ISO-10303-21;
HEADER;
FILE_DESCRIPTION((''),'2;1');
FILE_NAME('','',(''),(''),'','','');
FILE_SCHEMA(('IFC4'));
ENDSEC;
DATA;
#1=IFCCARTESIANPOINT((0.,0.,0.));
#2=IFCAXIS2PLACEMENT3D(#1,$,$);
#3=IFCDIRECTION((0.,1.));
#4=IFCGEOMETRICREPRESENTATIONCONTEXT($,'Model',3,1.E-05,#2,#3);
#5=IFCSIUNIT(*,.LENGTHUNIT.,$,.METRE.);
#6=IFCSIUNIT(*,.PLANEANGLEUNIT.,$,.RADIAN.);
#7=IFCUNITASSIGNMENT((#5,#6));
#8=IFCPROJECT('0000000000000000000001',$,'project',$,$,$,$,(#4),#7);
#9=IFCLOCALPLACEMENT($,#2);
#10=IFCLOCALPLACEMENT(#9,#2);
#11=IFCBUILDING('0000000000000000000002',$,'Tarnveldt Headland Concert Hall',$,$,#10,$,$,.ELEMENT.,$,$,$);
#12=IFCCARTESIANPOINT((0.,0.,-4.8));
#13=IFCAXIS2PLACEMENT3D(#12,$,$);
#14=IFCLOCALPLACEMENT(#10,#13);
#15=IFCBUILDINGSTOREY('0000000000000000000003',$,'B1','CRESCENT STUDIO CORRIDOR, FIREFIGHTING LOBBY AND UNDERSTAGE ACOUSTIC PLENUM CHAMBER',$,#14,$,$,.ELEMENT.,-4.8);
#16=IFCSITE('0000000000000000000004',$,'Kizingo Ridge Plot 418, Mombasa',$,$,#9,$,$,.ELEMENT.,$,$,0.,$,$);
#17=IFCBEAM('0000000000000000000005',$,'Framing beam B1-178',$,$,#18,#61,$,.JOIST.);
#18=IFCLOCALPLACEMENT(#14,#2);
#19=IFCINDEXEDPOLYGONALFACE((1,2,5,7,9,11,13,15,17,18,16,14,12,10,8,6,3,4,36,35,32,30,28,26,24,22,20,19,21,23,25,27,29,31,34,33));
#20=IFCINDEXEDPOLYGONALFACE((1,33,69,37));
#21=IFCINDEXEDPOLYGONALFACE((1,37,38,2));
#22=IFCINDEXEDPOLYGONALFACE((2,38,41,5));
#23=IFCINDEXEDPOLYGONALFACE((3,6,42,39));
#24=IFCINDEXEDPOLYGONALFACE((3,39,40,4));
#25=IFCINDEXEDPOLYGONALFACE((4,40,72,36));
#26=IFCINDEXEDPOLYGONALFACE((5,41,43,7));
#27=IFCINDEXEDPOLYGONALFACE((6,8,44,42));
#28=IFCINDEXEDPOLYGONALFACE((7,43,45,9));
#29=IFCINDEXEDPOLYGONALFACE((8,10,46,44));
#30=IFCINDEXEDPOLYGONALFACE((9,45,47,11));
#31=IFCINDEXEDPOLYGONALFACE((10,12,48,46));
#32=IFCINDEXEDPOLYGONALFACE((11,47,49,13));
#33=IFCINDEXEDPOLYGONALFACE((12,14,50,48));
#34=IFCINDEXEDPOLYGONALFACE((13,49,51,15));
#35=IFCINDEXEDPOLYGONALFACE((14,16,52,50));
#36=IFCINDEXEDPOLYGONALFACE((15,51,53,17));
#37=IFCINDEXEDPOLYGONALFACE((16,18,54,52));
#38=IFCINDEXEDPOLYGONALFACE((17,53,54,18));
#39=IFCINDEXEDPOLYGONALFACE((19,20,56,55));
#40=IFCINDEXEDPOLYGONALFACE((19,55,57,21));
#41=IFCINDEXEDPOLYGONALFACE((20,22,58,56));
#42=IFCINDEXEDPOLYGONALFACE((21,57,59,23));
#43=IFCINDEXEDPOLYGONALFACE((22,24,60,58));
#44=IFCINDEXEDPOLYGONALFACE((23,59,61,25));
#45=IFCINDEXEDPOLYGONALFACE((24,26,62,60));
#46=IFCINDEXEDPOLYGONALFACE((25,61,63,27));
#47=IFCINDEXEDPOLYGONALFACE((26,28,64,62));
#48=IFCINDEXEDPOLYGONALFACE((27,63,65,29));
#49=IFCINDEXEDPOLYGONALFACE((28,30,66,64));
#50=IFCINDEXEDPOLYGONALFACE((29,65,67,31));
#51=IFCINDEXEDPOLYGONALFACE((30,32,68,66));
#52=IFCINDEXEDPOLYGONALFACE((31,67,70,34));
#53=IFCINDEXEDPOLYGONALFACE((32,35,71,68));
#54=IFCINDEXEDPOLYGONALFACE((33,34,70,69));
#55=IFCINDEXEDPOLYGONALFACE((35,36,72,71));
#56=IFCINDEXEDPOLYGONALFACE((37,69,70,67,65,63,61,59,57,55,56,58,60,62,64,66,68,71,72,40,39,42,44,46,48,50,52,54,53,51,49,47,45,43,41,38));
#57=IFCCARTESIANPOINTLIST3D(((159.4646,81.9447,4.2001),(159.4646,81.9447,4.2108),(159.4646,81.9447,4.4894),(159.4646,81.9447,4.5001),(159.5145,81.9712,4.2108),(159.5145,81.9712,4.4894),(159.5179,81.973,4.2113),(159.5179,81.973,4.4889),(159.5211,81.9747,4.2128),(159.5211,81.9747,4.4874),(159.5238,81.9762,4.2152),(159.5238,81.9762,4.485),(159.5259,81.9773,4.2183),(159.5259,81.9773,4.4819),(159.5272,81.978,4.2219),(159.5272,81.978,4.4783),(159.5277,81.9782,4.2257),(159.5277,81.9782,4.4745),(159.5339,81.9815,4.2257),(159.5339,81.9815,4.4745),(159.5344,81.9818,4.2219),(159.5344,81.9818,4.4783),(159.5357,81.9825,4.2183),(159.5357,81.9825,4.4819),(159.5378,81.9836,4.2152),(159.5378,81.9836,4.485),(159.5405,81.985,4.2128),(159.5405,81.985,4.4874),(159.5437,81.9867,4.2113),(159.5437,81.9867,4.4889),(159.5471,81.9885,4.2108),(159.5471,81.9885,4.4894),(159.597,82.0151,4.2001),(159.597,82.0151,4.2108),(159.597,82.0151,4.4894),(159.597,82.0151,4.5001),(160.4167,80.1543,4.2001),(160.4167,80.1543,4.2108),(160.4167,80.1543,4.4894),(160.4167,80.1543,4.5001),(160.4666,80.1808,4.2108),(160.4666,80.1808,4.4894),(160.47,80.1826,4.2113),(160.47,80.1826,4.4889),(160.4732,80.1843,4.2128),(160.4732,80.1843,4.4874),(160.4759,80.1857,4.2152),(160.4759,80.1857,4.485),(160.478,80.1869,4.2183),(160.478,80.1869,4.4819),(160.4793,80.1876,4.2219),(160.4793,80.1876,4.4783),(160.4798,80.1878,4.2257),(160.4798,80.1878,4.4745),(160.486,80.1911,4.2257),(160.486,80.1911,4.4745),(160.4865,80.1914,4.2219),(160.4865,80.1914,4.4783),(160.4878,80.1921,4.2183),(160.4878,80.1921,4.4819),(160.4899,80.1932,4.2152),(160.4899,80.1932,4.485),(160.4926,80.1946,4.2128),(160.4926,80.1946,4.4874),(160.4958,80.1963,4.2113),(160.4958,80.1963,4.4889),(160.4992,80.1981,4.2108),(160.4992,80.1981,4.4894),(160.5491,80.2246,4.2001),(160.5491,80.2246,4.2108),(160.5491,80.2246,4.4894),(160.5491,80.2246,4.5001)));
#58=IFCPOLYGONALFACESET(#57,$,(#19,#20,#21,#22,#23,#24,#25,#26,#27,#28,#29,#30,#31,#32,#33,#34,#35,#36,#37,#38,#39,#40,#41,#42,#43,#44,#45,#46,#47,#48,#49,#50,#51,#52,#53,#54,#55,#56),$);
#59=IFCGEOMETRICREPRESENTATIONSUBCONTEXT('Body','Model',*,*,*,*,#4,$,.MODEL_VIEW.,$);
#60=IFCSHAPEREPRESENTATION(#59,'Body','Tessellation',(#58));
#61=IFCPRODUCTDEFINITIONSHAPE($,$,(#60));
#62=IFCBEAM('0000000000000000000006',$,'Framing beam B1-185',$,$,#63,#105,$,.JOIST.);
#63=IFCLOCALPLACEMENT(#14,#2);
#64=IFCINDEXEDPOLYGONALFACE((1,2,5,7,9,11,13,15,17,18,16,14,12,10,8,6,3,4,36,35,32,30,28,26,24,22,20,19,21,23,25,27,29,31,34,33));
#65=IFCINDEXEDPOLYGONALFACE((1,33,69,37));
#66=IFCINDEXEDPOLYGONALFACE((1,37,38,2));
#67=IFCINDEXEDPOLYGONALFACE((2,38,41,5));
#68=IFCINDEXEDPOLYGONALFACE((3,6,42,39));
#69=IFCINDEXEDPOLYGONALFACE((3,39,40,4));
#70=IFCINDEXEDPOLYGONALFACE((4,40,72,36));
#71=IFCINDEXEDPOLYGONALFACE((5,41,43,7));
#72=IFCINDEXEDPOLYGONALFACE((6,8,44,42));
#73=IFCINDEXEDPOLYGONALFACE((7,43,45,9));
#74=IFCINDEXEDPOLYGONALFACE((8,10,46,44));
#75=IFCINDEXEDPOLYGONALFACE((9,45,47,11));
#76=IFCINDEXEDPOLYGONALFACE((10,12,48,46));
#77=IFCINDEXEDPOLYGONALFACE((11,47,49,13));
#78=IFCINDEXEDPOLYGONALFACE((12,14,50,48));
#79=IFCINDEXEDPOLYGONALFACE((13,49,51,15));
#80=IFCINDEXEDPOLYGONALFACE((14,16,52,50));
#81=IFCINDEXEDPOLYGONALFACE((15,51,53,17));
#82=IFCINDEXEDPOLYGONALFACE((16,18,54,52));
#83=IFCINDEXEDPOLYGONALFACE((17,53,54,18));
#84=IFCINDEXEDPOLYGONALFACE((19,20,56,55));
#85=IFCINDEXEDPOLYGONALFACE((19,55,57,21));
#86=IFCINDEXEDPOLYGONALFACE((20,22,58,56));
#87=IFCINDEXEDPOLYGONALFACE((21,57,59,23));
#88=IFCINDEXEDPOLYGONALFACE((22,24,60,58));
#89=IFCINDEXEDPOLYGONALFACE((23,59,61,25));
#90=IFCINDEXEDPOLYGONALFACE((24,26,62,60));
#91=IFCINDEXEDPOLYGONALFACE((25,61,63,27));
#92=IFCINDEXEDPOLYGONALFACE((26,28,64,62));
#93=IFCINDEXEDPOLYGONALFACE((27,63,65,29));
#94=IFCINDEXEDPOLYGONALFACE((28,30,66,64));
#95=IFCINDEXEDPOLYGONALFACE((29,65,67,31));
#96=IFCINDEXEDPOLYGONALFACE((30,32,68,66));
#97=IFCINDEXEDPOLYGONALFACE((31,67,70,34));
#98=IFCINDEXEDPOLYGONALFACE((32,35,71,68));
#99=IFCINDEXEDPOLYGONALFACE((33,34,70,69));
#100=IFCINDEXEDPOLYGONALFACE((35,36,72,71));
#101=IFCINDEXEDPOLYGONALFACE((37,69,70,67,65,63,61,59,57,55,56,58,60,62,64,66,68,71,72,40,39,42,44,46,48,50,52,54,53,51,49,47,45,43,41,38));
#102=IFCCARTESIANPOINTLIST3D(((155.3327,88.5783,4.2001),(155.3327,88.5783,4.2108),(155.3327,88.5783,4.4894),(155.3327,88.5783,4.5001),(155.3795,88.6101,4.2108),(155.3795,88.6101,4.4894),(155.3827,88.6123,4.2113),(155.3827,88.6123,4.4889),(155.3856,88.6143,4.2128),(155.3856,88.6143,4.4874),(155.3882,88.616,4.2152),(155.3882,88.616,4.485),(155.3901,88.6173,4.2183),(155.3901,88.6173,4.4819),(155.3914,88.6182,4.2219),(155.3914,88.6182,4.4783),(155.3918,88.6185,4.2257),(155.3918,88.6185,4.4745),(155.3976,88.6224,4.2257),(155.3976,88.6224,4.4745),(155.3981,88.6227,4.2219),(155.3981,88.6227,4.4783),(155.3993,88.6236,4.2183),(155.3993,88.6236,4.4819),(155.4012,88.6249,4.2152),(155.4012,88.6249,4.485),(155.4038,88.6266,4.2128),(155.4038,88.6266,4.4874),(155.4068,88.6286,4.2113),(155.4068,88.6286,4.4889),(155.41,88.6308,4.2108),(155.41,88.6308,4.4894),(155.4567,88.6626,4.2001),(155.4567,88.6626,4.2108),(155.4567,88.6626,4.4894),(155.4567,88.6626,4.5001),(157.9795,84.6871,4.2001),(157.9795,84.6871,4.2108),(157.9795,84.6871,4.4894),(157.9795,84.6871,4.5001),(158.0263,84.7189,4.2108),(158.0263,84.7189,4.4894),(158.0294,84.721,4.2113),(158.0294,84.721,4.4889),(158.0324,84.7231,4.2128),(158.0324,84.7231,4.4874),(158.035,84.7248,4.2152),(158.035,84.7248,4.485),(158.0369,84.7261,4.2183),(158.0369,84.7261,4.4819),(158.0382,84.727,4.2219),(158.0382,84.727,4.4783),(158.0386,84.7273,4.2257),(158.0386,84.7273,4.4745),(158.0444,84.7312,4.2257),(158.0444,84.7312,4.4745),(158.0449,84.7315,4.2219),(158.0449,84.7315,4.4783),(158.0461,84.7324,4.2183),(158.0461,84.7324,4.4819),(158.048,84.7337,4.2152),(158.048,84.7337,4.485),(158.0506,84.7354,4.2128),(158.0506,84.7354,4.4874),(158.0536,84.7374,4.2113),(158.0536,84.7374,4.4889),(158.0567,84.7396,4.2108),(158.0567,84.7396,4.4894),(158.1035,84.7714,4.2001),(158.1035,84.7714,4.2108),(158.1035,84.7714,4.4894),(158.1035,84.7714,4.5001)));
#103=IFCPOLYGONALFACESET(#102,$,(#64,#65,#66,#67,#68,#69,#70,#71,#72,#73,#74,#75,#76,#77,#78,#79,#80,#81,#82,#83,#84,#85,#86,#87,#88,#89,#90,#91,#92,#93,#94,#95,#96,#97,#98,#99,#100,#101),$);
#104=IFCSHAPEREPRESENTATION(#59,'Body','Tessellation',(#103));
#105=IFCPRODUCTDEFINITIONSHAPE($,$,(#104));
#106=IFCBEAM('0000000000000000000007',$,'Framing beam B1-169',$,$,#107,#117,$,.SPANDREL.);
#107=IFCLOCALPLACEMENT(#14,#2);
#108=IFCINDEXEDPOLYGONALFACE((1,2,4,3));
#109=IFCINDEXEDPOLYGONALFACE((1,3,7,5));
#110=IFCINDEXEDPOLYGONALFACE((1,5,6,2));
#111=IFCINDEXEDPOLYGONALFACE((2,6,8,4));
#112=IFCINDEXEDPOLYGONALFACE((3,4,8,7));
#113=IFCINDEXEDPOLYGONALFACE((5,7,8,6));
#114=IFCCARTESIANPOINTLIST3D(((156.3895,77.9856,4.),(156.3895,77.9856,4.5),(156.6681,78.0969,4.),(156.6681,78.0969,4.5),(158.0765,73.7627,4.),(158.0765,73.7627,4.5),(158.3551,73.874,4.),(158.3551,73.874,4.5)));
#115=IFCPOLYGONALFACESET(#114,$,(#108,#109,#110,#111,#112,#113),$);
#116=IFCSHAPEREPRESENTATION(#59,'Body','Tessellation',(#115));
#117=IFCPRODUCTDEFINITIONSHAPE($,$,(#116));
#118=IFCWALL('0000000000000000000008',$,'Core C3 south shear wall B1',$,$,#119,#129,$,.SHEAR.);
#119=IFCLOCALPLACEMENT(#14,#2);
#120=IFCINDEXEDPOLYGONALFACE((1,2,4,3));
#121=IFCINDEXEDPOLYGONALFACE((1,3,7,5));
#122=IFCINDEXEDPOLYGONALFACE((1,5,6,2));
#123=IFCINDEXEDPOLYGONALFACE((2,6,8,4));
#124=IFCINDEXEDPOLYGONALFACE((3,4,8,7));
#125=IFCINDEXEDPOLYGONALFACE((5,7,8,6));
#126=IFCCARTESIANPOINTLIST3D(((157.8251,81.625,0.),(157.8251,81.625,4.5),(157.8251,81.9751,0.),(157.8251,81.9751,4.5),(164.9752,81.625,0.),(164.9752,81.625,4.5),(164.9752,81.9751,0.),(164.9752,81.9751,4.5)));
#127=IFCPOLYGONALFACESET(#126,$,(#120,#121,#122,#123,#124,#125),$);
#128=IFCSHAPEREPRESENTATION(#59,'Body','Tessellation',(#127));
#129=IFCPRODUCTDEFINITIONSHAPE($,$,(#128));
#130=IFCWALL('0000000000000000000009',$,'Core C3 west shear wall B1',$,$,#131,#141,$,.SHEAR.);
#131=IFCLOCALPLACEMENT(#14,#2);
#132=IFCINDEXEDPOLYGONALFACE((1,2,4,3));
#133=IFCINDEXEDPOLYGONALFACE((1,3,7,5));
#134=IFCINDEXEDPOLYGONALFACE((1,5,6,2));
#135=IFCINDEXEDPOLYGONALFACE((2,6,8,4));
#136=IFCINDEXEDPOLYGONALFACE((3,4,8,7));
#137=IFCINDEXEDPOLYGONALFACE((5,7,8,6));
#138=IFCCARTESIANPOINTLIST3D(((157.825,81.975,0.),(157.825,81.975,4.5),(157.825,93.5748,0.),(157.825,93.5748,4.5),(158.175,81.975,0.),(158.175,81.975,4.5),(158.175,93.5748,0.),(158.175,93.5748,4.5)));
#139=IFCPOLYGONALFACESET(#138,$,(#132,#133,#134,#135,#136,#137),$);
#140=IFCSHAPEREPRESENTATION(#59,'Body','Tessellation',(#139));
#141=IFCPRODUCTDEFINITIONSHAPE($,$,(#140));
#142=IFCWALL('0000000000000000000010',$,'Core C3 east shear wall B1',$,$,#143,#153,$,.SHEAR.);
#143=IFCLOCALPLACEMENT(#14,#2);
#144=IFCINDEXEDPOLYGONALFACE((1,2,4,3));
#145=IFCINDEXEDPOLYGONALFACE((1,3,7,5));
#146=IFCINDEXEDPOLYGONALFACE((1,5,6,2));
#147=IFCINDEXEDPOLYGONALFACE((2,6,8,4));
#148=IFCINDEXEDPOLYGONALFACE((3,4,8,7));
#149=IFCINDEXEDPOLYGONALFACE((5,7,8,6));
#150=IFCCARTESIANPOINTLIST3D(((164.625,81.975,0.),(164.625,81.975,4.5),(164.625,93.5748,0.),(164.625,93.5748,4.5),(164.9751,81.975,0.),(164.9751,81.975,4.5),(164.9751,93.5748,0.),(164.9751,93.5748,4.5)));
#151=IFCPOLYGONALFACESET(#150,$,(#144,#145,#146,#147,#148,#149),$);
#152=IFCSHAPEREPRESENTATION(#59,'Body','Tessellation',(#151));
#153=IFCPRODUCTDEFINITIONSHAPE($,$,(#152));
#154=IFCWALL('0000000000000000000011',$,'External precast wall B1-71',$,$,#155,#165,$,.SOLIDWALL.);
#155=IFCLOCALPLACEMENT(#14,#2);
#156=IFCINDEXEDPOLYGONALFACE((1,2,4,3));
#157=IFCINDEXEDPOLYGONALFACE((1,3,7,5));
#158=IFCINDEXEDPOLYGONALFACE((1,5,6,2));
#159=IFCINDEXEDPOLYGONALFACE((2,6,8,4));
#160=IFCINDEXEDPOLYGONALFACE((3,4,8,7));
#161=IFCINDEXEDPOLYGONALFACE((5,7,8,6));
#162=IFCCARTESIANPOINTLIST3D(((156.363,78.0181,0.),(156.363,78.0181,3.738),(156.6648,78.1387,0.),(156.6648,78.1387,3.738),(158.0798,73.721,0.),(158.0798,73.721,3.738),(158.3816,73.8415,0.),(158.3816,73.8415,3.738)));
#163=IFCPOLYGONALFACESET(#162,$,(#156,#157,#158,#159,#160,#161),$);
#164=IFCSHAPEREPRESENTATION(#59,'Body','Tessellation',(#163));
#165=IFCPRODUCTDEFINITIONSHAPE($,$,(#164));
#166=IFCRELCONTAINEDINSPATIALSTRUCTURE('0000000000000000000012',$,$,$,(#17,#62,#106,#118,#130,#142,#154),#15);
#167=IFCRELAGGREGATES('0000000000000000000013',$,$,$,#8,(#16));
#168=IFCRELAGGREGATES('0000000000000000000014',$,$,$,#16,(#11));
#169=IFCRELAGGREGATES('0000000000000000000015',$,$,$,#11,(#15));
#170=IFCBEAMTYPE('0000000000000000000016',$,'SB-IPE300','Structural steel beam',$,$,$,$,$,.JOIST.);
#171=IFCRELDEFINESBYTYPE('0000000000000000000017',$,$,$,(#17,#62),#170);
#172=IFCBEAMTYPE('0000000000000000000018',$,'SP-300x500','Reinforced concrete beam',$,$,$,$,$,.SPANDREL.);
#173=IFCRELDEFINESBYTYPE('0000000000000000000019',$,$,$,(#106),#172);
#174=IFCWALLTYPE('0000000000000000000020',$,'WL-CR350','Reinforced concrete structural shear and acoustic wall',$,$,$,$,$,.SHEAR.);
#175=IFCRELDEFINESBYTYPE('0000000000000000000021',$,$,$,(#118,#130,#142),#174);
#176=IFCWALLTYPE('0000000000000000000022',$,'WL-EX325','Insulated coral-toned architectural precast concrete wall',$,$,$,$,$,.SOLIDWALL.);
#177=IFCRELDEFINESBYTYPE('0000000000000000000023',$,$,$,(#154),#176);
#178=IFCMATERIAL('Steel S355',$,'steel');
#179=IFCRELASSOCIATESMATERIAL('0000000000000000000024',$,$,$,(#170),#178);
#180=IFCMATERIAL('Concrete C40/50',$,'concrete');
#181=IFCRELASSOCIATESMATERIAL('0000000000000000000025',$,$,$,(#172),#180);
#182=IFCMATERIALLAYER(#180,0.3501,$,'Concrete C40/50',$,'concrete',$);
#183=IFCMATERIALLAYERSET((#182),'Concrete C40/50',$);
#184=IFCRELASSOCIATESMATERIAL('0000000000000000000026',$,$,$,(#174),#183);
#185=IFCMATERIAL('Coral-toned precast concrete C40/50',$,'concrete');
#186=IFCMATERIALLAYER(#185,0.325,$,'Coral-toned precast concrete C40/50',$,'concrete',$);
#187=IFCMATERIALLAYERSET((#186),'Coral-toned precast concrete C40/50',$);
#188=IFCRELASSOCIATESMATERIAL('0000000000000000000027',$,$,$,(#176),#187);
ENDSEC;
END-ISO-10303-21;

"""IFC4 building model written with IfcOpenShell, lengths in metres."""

from ifc_helpers import new_model, si_unit, direction, frame, frame_2d, origin, origin_2d, place, context, subcontext, project, spatial, rectangle, i_section, extrude, material, layer, layer_set, material_profile, profile_set, type_object, element, save


model = new_model("IFC4")

# Units and contexts
model_context = context("Model", 3, precision=1e-05, world=origin(), true_north=direction((0.0, 1.0)))
body_context = subcontext(model_context, "Body", "Model", "MODEL_VIEW")
ifc_project = project(units=[si_unit("LENGTHUNIT", "METRE"), si_unit("PLANEANGLEUNIT", "RADIAN")], contexts=[model_context])

# Site, building, storey
site_placement = place(None, origin())
site = spatial("IfcSite", under=ifc_project, at=site_placement, Name="Kizingo Ridge Plot 418, Mombasa", CompositionType="ELEMENT", RefElevation=0.0)
building_placement = place(site_placement, origin())
building = spatial("IfcBuilding", under=site, at=building_placement, Name="Tarnveldt Headland Concert Hall", CompositionType="ELEMENT")
storey_placement = place(building_placement, frame((0.0, 0.0, -4.8)))
storey = spatial("IfcBuildingStorey", under=building, at=storey_placement, Name="B1", Description="CRESCENT STUDIO CORRIDOR, FIREFIGHTING LOBBY AND UNDERSTAGE ACOUSTIC PLENUM CHAMBER", CompositionType="ELEMENT", Elevation=-4.8)

# Shared definitions
ifc_material_1 = material(Name="Concrete C40/50", Category="concrete")

# Beams
ifc_material_2 = material(Name="Steel S355", Category="steel")
ifc_material_profile_1 = material_profile(ifc_material_2, i_section(OverallWidth=0.1499, OverallDepth=0.3, WebThickness=0.0071, FlangeThickness=0.0107, FilletRadius=0.0149, at=origin_2d()), Name="IPE300", Category="steel")
ifc_profile_set_1 = profile_set([ifc_material_profile_1], Name="Steel S355")
beam_type_1 = type_object("IfcBeamType", Name="SB-IPE300", Description="Structural steel beam", PredefinedType="JOIST", material=ifc_profile_set_1)
beam_1_placement = place(storey_placement, frame((160.4829, 80.1895, 4.3501), z_axis=(-0.469513, 0.882925, 0.0), x_axis=(-0.882925, -0.469513, 0.0)))
element("IfcBeam", 1, at=beam_1_placement, inside=storey, type_object=beam_type_1, Name="Framing beam B1-178", PredefinedType="JOIST", context=body_context, shape_type="SweptSolid", body=[
    extrude(i_section(OverallWidth=0.1499, OverallDepth=0.3, WebThickness=0.0071, FlangeThickness=0.0107, FilletRadius=0.0149, at=origin_2d()), origin(), (0.0, 0.0, 1.0), 2.0278),
])
beam_2_placement = place(storey_placement, frame((158.0415, 84.7292, 4.3501), z_axis=(-0.562422, 0.82685, 0.0), x_axis=(-0.82685, -0.562422, 0.0)))
element("IfcBeam", 2, at=beam_2_placement, inside=storey, type_object=beam_type_1, Name="Framing beam B1-185", PredefinedType="JOIST", context=body_context, shape_type="SweptSolid", body=[
    extrude(i_section(OverallWidth=0.1499, OverallDepth=0.3, WebThickness=0.0071, FlangeThickness=0.0107, FilletRadius=0.0149, at=origin_2d()), origin(), (0.0, 0.0, 1.0), 4.7061),
])
ifc_material_profile_2 = material_profile(ifc_material_1, rectangle(XDim=0.3, YDim=0.5, at=origin_2d()), Name="RC SPANDREL 300x500", Category="concrete")
ifc_profile_set_2 = profile_set([ifc_material_profile_2], Name="Concrete C40/50")
beam_type_2 = type_object("IfcBeamType", Name="SP-300x500", Description="Reinforced concrete beam", PredefinedType="SPANDREL", material=ifc_profile_set_2)
beam_3_placement = place(storey_placement, frame((158.2158, 73.8184, 4.25), z_axis=(-0.370983, 0.92864, 0.0), x_axis=(-0.92864, -0.370983, 0.0)))
element("IfcBeam", 3, at=beam_3_placement, inside=storey, type_object=beam_type_2, Name="Framing beam B1-169", PredefinedType="SPANDREL", context=body_context, shape_type="SweptSolid", body=[
    extrude(rectangle(XDim=0.3, YDim=0.5, at=origin_2d()), origin(), (0.0, 0.0, 1.0), 4.5474),
])

# Walls
ifc_layer_1 = layer(ifc_material_1, 0.3501, Name="Concrete C40/50", Category="concrete")
ifc_layer_set_1 = layer_set([ifc_layer_1], Name="Concrete C40/50")
wall_type_1 = type_object("IfcWallType", Name="WL-CR350", Description="Reinforced concrete structural shear and acoustic wall", PredefinedType="SHEAR", material=ifc_layer_set_1)
wall_1_placement = place(storey_placement, frame((157.825, 81.8, 0.0), z_axis=(0.0, 0.0, 1.0), x_axis=(1.0, 0.0, 0.0)))
element("IfcWall", 4, at=wall_1_placement, inside=storey, type_object=wall_type_1, Name="Core C3 south shear wall B1", PredefinedType="SHEAR", context=body_context, shape_type="SweptSolid", body=[
    extrude(rectangle(XDim=7.1501, YDim=0.3501, at=frame_2d((3.5752, 0.0))), origin(), (0.0, 0.0, 1.0), 4.5),
])
for number, where, z_axis, x_axis, name in (
    (5, (158.0, 81.9751, 0.0), (0.0, 0.0, 1.0), (0.0, 1.0, 0.0), "Core C3 west shear wall B1"),
    (6, (164.8, 81.9751, 0.0), (0.0, 0.0, 1.0), (0.0, 1.0, 0.0), "Core C3 east shear wall B1"),
):
    element("IfcWall", number, at=place(storey_placement, frame(where, z_axis=z_axis, x_axis=x_axis)), inside=storey, type_object=wall_type_1, Name=name, PredefinedType="SHEAR", context=body_context, shape_type="SweptSolid", body=[
        extrude(rectangle(XDim=11.5999, YDim=0.3501, at=frame_2d((5.7998, 0.0))), origin(), (0.0, 0.0, 1.0), 4.5),
    ])
ifc_material_3 = material(Name="Coral-toned precast concrete C40/50", Category="concrete")
ifc_layer_2 = layer(ifc_material_3, 0.325, Name="Coral-toned precast concrete C40/50", Category="concrete")
ifc_layer_set_2 = layer_set([ifc_layer_2], Name="Coral-toned precast concrete C40/50")
wall_type_2 = type_object("IfcWallType", Name="WL-EX325", Description="Insulated coral-toned architectural precast concrete wall", PredefinedType="SOLIDWALL", material=ifc_layer_set_2)
wall_2_placement = place(storey_placement, frame((158.2307, 73.7812, 0.0), z_axis=(0.0, 0.0, 1.0), x_axis=(-0.371009, 0.928629, 0.0)))
element("IfcWall", 7, at=wall_2_placement, inside=storey, type_object=wall_type_2, Name="External precast wall B1-71", PredefinedType="SOLIDWALL", context=body_context, shape_type="SweptSolid", body=[
    extrude(rectangle(XDim=4.6274, YDim=0.325, at=frame_2d((2.3137, 0.0))), origin(), (0.0, 0.0, 1.0), 3.738),
])

save(model, "model.ifc")
